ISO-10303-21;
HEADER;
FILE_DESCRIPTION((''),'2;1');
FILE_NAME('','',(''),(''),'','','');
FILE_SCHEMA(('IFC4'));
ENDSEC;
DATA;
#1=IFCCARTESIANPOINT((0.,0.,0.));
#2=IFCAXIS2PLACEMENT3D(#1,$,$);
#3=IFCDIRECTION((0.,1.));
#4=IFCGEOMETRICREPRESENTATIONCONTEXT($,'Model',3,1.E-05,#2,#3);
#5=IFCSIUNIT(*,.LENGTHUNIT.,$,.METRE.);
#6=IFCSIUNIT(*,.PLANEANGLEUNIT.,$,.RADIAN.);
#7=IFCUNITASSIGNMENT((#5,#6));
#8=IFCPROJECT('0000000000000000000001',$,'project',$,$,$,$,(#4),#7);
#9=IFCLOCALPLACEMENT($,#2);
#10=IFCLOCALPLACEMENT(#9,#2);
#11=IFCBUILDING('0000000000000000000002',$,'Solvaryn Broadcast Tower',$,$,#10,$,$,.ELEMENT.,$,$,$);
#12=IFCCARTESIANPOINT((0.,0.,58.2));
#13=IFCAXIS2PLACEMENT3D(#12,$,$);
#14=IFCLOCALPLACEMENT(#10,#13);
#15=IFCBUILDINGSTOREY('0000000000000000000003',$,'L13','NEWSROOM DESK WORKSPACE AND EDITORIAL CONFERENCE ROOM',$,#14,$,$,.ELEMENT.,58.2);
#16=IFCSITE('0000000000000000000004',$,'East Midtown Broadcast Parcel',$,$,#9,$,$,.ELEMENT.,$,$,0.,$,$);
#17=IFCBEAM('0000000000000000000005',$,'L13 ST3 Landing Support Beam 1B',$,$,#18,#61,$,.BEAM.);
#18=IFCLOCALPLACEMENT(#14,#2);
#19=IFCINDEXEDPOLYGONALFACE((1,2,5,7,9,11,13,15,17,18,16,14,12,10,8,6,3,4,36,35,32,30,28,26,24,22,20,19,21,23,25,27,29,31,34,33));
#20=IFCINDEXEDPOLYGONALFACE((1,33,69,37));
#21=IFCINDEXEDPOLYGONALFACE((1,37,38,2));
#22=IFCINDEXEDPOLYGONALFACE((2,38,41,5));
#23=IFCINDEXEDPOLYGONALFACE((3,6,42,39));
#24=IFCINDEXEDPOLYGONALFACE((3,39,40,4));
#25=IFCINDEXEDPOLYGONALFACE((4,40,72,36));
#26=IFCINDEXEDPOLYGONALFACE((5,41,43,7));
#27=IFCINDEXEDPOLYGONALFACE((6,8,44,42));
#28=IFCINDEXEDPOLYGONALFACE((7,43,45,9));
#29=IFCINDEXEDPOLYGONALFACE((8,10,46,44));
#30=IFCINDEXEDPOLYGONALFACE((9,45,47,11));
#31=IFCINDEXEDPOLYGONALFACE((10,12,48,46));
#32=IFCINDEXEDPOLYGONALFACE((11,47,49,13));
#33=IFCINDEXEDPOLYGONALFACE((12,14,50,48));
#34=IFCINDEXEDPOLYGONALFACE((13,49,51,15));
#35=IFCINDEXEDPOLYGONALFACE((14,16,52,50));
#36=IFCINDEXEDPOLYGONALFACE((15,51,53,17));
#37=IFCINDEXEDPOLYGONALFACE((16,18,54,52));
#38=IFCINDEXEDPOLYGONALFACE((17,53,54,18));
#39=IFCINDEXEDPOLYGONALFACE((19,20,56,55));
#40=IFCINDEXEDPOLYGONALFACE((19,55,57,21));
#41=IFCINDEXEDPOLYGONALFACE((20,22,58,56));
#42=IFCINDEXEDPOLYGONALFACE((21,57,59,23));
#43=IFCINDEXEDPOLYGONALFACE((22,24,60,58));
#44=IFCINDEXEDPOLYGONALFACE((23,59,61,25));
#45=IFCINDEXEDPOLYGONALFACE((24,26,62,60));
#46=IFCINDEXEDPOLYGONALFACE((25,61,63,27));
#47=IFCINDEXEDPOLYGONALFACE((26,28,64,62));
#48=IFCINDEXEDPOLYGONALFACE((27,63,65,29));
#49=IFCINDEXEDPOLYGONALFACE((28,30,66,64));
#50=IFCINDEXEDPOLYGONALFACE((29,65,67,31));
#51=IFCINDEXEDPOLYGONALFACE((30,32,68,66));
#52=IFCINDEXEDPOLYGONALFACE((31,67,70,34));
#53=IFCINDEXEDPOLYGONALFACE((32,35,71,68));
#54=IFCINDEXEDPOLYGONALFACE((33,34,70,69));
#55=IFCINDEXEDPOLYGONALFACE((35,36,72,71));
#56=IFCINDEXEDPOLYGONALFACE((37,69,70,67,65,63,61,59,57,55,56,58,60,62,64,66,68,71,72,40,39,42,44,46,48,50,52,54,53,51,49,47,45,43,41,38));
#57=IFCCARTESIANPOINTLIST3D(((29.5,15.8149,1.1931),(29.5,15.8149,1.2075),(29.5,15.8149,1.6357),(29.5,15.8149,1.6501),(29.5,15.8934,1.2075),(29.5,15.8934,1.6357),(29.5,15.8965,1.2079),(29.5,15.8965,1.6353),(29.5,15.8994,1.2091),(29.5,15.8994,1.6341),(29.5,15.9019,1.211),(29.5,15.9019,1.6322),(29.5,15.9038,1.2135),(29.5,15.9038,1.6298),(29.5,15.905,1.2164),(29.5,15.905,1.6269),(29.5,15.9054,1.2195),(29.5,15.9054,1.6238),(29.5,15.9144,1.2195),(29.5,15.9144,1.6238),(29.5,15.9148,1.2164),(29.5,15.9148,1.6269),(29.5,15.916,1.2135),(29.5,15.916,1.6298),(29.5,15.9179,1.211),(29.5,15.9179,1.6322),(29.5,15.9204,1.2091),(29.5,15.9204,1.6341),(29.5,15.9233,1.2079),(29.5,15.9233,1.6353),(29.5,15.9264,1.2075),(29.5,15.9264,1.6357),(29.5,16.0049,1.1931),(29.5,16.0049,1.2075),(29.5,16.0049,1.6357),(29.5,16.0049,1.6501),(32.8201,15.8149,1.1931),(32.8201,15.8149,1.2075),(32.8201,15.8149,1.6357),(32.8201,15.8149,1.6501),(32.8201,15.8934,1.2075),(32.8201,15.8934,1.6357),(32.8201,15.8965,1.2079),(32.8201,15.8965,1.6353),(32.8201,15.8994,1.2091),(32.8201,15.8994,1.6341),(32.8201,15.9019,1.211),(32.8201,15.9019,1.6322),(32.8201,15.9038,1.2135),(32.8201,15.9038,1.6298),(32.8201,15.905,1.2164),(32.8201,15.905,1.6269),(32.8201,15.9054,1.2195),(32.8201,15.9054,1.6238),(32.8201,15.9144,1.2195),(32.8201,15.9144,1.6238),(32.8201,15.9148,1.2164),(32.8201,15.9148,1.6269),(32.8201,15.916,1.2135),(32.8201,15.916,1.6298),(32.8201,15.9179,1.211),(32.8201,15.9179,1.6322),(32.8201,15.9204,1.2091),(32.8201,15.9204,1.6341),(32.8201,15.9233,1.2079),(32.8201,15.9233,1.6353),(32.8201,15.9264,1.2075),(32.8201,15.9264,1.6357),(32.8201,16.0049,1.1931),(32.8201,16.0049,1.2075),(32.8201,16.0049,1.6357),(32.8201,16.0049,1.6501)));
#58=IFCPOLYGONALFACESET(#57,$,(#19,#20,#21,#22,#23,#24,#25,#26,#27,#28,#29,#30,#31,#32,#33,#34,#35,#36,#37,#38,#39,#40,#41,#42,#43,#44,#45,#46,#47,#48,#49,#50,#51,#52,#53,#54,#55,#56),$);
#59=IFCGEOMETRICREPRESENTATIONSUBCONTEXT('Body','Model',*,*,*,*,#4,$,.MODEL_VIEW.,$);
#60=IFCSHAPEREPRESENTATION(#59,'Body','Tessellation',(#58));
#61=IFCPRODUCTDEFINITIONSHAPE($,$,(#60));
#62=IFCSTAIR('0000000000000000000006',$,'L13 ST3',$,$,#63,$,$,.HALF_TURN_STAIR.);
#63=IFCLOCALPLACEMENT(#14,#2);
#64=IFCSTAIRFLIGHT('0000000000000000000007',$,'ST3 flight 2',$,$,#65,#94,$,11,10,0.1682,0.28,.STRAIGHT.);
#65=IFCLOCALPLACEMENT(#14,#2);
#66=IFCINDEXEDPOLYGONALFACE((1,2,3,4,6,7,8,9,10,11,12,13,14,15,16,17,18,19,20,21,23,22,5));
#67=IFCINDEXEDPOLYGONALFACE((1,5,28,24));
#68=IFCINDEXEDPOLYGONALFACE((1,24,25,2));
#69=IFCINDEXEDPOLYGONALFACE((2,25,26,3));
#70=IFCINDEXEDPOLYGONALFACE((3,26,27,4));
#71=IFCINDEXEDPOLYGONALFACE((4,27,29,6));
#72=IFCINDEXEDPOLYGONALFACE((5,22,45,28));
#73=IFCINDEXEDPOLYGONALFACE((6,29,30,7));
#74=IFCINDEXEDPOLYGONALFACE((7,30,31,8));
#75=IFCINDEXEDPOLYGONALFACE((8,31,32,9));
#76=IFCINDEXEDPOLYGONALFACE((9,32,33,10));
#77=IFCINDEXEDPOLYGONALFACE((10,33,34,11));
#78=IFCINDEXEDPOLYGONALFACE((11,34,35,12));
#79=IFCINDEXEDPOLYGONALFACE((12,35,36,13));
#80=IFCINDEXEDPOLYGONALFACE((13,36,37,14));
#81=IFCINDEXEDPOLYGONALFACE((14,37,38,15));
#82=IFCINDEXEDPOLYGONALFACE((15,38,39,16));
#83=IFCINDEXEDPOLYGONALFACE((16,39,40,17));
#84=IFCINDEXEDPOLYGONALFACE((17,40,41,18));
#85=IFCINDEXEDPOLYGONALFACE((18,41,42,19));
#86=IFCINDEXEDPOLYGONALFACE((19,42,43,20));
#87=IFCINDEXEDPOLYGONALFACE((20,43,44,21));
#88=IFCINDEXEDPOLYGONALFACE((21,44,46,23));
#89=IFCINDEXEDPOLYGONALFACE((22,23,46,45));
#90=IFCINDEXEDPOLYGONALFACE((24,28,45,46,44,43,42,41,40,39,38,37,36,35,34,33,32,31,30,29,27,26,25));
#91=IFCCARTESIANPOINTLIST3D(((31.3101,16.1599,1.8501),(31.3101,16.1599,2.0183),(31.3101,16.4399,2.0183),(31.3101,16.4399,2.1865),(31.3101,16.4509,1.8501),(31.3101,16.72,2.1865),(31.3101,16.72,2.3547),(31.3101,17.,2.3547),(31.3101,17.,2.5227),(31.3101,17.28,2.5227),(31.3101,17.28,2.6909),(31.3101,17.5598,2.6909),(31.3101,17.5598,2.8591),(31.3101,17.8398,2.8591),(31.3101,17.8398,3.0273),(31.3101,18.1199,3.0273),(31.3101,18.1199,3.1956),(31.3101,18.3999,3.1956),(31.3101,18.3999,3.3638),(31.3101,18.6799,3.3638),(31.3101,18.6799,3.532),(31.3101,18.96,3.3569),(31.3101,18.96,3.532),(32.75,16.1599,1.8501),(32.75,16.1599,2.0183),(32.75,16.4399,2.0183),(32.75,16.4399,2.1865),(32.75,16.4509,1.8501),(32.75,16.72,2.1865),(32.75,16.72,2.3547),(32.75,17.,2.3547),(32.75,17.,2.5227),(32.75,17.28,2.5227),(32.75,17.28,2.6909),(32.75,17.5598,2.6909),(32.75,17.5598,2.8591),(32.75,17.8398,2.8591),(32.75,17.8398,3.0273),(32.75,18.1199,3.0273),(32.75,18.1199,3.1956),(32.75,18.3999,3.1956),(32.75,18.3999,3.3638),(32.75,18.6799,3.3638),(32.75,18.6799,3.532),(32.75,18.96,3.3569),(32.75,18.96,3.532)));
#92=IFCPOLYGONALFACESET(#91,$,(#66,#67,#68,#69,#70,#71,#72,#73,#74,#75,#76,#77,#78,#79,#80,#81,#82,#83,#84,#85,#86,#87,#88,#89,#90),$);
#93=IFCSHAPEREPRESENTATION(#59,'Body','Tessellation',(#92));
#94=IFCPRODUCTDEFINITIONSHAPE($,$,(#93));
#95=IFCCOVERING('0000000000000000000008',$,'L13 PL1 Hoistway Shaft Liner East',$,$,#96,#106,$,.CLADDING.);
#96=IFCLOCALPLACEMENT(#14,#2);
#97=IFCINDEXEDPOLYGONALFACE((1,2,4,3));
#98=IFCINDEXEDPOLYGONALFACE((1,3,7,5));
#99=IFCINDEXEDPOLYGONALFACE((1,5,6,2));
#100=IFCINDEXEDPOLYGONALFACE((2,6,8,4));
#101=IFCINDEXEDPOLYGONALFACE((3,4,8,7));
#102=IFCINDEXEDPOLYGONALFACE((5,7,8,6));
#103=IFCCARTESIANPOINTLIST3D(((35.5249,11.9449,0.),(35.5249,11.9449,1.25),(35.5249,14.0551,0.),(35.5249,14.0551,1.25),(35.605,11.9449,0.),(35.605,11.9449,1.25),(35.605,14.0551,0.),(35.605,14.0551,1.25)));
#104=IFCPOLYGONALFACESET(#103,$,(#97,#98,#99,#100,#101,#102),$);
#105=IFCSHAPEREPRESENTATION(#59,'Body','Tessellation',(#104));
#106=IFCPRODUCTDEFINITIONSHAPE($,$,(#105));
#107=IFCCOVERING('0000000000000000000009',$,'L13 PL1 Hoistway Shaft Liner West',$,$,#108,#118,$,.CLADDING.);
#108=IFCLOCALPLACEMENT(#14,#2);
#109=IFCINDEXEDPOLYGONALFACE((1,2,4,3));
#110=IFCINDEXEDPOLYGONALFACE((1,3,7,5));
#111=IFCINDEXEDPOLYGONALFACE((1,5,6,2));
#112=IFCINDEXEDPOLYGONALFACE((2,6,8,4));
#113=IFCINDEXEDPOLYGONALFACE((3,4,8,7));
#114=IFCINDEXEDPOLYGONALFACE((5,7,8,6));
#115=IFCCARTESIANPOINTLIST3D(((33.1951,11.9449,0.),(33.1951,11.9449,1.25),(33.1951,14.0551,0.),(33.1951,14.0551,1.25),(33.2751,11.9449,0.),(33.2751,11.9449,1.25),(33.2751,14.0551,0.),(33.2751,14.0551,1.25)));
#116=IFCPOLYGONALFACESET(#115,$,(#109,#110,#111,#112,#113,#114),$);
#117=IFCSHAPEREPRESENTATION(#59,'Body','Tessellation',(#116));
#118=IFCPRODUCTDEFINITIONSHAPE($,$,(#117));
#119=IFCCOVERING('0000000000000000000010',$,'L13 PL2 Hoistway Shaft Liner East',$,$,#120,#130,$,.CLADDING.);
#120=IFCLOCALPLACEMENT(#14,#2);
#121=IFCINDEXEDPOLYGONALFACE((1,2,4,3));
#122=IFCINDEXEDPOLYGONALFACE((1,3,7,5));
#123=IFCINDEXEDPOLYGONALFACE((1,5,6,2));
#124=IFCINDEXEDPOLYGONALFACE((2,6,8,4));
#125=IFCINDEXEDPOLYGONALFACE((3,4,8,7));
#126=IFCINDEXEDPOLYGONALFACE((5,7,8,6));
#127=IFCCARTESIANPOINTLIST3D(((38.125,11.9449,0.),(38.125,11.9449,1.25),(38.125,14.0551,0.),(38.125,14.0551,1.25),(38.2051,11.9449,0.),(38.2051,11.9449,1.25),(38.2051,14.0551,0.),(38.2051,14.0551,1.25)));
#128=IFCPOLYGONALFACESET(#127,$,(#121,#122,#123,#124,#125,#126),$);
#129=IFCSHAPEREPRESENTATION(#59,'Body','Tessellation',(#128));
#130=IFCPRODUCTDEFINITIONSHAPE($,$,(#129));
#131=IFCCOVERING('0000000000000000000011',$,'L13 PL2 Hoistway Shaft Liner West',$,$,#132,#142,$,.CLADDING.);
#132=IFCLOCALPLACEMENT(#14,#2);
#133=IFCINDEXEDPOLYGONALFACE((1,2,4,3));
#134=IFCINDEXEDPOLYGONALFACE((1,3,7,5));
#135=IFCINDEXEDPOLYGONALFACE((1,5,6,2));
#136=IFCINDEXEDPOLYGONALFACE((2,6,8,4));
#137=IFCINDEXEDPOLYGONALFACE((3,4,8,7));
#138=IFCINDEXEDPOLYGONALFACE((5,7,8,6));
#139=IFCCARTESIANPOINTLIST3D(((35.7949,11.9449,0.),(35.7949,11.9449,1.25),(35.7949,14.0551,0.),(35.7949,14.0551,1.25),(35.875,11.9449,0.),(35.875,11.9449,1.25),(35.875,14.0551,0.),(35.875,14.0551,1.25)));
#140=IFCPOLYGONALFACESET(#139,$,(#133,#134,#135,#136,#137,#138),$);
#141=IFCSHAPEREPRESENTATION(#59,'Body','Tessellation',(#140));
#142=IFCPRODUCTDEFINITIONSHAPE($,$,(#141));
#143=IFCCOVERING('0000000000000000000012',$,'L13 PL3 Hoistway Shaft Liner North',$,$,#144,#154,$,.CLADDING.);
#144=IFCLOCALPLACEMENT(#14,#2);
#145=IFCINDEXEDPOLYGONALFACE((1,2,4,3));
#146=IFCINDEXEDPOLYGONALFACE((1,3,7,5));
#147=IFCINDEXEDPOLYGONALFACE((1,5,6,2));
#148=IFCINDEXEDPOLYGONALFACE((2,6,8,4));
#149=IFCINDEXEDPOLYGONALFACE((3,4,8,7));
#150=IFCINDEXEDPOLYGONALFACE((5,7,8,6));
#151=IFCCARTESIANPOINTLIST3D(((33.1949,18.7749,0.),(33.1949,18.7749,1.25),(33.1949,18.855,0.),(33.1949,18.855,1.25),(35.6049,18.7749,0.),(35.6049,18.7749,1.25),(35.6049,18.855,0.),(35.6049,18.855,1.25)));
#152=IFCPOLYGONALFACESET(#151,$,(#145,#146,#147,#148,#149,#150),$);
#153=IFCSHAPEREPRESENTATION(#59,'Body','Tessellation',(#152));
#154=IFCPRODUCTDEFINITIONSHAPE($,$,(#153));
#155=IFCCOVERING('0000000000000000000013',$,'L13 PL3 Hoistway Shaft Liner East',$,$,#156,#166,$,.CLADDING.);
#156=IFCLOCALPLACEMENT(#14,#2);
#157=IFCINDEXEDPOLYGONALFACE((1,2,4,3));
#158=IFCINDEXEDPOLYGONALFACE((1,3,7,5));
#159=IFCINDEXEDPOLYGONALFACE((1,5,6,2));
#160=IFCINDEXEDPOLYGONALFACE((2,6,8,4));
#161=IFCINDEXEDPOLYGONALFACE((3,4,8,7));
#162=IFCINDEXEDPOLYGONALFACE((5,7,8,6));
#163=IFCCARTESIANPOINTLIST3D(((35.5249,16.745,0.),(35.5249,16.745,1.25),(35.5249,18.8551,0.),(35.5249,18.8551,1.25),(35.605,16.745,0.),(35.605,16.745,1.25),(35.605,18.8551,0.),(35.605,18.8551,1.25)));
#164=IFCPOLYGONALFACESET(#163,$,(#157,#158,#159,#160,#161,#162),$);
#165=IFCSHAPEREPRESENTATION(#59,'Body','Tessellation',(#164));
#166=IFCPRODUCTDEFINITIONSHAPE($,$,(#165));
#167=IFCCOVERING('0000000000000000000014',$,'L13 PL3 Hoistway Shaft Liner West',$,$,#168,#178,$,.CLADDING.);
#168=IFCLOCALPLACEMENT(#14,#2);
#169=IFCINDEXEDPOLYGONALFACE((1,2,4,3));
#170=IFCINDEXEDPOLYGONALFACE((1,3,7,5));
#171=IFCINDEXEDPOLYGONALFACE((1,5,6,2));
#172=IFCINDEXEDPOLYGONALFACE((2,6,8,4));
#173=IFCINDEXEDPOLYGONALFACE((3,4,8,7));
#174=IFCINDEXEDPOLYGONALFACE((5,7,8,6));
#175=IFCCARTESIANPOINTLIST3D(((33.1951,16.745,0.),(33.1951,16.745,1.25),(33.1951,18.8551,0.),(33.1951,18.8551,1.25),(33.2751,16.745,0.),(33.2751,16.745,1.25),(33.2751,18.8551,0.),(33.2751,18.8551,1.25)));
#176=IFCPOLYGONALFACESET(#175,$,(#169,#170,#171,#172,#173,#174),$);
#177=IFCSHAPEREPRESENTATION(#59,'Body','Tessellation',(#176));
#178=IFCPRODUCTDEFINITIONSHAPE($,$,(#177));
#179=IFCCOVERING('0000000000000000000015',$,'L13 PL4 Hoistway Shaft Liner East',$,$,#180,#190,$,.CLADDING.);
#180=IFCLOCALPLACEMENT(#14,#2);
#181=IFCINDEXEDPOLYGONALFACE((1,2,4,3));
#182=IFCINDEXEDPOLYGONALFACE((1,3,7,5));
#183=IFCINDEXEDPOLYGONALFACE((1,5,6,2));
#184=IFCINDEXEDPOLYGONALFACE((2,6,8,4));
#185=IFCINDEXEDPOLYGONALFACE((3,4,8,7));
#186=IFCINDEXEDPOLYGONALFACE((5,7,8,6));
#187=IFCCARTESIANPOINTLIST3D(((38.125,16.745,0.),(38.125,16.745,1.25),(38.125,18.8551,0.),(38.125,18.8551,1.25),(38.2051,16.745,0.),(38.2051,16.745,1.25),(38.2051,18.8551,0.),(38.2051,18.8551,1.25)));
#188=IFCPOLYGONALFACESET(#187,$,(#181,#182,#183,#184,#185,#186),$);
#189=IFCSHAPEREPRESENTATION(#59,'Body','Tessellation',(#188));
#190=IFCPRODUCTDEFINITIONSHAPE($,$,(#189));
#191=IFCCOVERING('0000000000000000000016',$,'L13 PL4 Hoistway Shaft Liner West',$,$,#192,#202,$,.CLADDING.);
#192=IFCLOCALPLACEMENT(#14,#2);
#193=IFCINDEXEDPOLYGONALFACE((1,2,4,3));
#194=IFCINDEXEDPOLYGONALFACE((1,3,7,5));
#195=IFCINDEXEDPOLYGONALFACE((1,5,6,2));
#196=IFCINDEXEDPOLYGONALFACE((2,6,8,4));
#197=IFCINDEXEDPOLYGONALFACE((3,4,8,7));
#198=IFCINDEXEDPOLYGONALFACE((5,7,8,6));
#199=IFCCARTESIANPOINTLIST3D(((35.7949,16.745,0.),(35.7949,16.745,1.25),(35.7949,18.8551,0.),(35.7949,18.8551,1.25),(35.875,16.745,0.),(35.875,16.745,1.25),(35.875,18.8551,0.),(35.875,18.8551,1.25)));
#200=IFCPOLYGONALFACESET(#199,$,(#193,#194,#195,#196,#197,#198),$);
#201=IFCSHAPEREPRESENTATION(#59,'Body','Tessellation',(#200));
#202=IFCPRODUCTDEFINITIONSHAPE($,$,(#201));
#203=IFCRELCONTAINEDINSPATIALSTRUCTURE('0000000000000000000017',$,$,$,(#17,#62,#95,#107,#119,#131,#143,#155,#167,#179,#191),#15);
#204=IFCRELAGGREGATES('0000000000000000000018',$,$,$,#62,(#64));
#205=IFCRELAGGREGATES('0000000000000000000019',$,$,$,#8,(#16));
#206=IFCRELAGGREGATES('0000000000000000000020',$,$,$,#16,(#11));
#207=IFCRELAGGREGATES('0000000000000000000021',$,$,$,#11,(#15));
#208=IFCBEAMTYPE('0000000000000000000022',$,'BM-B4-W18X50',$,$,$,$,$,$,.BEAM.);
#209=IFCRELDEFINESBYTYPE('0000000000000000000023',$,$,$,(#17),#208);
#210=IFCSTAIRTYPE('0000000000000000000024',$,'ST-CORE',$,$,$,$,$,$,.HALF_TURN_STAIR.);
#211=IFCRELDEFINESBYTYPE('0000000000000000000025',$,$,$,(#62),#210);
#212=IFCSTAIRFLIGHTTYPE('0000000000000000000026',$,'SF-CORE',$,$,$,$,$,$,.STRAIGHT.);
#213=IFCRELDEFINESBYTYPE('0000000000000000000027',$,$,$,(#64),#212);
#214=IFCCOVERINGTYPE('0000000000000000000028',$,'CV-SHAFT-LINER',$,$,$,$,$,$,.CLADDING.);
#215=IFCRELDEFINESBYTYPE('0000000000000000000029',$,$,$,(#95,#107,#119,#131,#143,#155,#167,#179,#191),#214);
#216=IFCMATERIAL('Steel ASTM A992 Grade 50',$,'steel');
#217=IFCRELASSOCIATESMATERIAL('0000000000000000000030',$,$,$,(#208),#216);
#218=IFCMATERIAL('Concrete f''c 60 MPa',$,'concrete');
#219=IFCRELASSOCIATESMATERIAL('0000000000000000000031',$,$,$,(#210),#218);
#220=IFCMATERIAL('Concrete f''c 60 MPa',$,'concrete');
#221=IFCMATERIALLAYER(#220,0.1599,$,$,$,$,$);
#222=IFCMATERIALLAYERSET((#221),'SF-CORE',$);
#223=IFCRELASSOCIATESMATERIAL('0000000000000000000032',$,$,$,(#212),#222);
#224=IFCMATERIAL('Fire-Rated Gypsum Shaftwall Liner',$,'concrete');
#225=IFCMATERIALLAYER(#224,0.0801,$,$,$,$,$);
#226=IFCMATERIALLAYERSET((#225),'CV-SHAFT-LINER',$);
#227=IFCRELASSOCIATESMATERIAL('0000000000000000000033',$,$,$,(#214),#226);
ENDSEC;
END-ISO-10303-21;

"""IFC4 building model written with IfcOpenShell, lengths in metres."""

from ifc_helpers import new_model, si_unit, direction, frame, origin, origin_2d, place, context, subcontext, project, spatial, polyline, rectangle, i_section, outline, extrude, material, layer, layer_set, material_profile, profile_set, type_object, element, aggregate, save


model = new_model("IFC4")

# Units and contexts
model_context = context("Model", 3, precision=1e-05, world=origin(), true_north=direction((0.0, 1.0)))
body_context = subcontext(model_context, "Body", "Model", "MODEL_VIEW")
ifc_project = project(units=[si_unit("LENGTHUNIT", "METRE"), si_unit("PLANEANGLEUNIT", "RADIAN")], contexts=[model_context])

# Site, building, storey
site_placement = place(None, origin())
site = spatial("IfcSite", under=ifc_project, at=site_placement, Name="East Midtown Broadcast Parcel", CompositionType="ELEMENT", RefElevation=0.0)
building_placement = place(site_placement, origin())
building = spatial("IfcBuilding", under=site, at=building_placement, Name="Solvaryn Broadcast Tower", CompositionType="ELEMENT")
storey_placement = place(building_placement, frame((0.0, 0.0, 58.2)))
storey = spatial("IfcBuildingStorey", under=building, at=storey_placement, Name="L13", Description="NEWSROOM DESK WORKSPACE AND EDITORIAL CONFERENCE ROOM", CompositionType="ELEMENT", Elevation=58.2)

# Beam
ifc_material_1 = material(Name="Steel ASTM A992 Grade 50", Category="steel")
ifc_material_profile_1 = material_profile(ifc_material_1, i_section(OverallWidth=0.1899, OverallDepth=0.457, WebThickness=0.009, FlangeThickness=0.0144, FilletRadius=0.012, at=origin_2d()))
ifc_profile_set_1 = profile_set([ifc_material_profile_1], Name="Steel ASTM A992 Grade 50")
beam_type_1 = type_object("IfcBeamType", Name="BM-B4-W18X50", PredefinedType="BEAM", material=ifc_profile_set_1)
beam_1_placement = place(storey_placement, frame((29.5, 15.9099, 1.4216), z_axis=(1.0, 0.0, 0.0), x_axis=(0.0, 1.0, 0.0)))
element("IfcBeam", 1, at=beam_1_placement, inside=storey, type_object=beam_type_1, Name="L13 ST3 Landing Support Beam 1B", PredefinedType="BEAM", context=body_context, shape_type="SweptSolid", body=[
    extrude(i_section(OverallWidth=0.1899, OverallDepth=0.457, WebThickness=0.009, FlangeThickness=0.0144, FilletRadius=0.012, at=origin_2d()), origin(), (0.0, 0.0, 1.0), 3.3201),
])

# Stair, stair flight
ifc_material_2 = material(Name="Concrete f'c 60 MPa", Category="concrete")
stair_type = type_object("IfcStairType", Name="ST-CORE", PredefinedType="HALF_TURN_STAIR", material=ifc_material_2)
stair_placement = place(storey_placement, origin())
stair = element("IfcStair", 2, at=stair_placement, inside=storey, type_object=stair_type, Name="L13 ST3", PredefinedType="HALF_TURN_STAIR")
ifc_material_3 = material(Name="Concrete f'c 60 MPa", Category="concrete")
ifc_layer_1 = layer(ifc_material_3, 0.1599)
ifc_layer_set_1 = layer_set([ifc_layer_1], Name="SF-CORE")
stair_flight_type = type_object("IfcStairFlightType", Name="SF-CORE", PredefinedType="STRAIGHT", material=ifc_layer_set_1)
stair_flight_placement = place(storey_placement, frame((32.03, 16.1599, 1.8501), z_axis=(0.0, 0.0, 1.0), x_axis=(0.0, 1.0, 0.0)))
stair_flight = element("IfcStairFlight", 3, at=stair_flight_placement, type_object=stair_flight_type, Name="ST3 flight 2", NumberOfRisers=11, NumberOfTreads=10, PredefinedType="STRAIGHT", RiserHeight=0.1682, TreadLength=0.28, context=body_context, shape_type="SweptSolid", body=[
    extrude(outline(polyline([(0.0, 0.0), (0.0, 0.1682), (0.28, 0.1682), (0.28, 0.3364), (0.5601, 0.3364), (0.5601, 0.5046), (0.8401, 0.5046), (0.8401, 0.6726), (1.1201, 0.6726), (1.1201, 0.8408), (1.3999, 0.8408), (1.3999, 1.009), (1.6799, 1.009), (1.6799, 1.1772), (1.96, 1.1772), (1.96, 1.3455), (2.24, 1.3455), (2.24, 1.5137), (2.52, 1.5137), (2.52, 1.6819), (2.8, 1.6819), (2.8, 1.8501), (2.8, 1.5068), (0.291, 0.0), (0.0, 0.0)])), frame((0.0, 0.72, 0.0), z_axis=(0.0, -1.0, 0.0), x_axis=(1.0, 0.0, 0.0)), (0.0, 0.0, 1.0), 1.4399),
])
aggregate(stair, [stair_flight])

# Coverings
ifc_material_4 = material(Name="Fire-Rated Gypsum Shaftwall Liner", Category="concrete")
ifc_layer_2 = layer(ifc_material_4, 0.0801)
ifc_layer_set_2 = layer_set([ifc_layer_2], Name="CV-SHAFT-LINER")
covering_type = type_object("IfcCoveringType", Name="CV-SHAFT-LINER", PredefinedType="CLADDING", material=ifc_layer_set_2)
for number, where, z_axis, x_axis, name in (
    (4, (35.5649, 13.0, 0.0), (0.0, 0.0, 1.0), (1.0, 0.0, 0.0), "L13 PL1 Hoistway Shaft Liner East"),
    (5, (33.2351, 13.0, 0.0), (0.0, 0.0, 1.0), (1.0, 0.0, 0.0), "L13 PL1 Hoistway Shaft Liner West"),
    (6, (38.165, 13.0, 0.0), (0.0, 0.0, 1.0), (1.0, 0.0, 0.0), "L13 PL2 Hoistway Shaft Liner East"),
    (7, (35.835, 13.0, 0.0), (0.0, 0.0, 1.0), (1.0, 0.0, 0.0), "L13 PL2 Hoistway Shaft Liner West"),
):
    element("IfcCovering", number, at=place(storey_placement, frame(where, z_axis=z_axis, x_axis=x_axis)), inside=storey, type_object=covering_type, Name=name, PredefinedType="CLADDING", context=body_context, shape_type="SweptSolid", body=[
        extrude(rectangle(XDim=0.0801, YDim=2.1101, at=origin_2d()), origin(), (0.0, 0.0, 1.0), 1.25),
    ])
covering_1_placement = place(storey_placement, frame((34.3999, 18.8149, 0.0), z_axis=(0.0, 0.0, 1.0), x_axis=(1.0, 0.0, 0.0)))
element("IfcCovering", 8, at=covering_1_placement, inside=storey, type_object=covering_type, Name="L13 PL3 Hoistway Shaft Liner North", PredefinedType="CLADDING", context=body_context, shape_type="SweptSolid", body=[
    extrude(rectangle(XDim=2.4099, YDim=0.0801, at=origin_2d()), origin(), (0.0, 0.0, 1.0), 1.25),
])
for number, where, z_axis, x_axis, name in (
    (9, (35.5649, 17.8, 0.0), (0.0, 0.0, 1.0), (1.0, 0.0, 0.0), "L13 PL3 Hoistway Shaft Liner East"),
    (10, (33.2351, 17.8, 0.0), (0.0, 0.0, 1.0), (1.0, 0.0, 0.0), "L13 PL3 Hoistway Shaft Liner West"),
    (11, (38.165, 17.8, 0.0), (0.0, 0.0, 1.0), (1.0, 0.0, 0.0), "L13 PL4 Hoistway Shaft Liner East"),
    (12, (35.835, 17.8, 0.0), (0.0, 0.0, 1.0), (1.0, 0.0, 0.0), "L13 PL4 Hoistway Shaft Liner West"),
):
    element("IfcCovering", number, at=place(storey_placement, frame(where, z_axis=z_axis, x_axis=x_axis)), inside=storey, type_object=covering_type, Name=name, PredefinedType="CLADDING", context=body_context, shape_type="SweptSolid", body=[
        extrude(rectangle(XDim=0.0801, YDim=2.1101, at=origin_2d()), origin(), (0.0, 0.0, 1.0), 1.25),
    ])

save(model, "model.ifc")
